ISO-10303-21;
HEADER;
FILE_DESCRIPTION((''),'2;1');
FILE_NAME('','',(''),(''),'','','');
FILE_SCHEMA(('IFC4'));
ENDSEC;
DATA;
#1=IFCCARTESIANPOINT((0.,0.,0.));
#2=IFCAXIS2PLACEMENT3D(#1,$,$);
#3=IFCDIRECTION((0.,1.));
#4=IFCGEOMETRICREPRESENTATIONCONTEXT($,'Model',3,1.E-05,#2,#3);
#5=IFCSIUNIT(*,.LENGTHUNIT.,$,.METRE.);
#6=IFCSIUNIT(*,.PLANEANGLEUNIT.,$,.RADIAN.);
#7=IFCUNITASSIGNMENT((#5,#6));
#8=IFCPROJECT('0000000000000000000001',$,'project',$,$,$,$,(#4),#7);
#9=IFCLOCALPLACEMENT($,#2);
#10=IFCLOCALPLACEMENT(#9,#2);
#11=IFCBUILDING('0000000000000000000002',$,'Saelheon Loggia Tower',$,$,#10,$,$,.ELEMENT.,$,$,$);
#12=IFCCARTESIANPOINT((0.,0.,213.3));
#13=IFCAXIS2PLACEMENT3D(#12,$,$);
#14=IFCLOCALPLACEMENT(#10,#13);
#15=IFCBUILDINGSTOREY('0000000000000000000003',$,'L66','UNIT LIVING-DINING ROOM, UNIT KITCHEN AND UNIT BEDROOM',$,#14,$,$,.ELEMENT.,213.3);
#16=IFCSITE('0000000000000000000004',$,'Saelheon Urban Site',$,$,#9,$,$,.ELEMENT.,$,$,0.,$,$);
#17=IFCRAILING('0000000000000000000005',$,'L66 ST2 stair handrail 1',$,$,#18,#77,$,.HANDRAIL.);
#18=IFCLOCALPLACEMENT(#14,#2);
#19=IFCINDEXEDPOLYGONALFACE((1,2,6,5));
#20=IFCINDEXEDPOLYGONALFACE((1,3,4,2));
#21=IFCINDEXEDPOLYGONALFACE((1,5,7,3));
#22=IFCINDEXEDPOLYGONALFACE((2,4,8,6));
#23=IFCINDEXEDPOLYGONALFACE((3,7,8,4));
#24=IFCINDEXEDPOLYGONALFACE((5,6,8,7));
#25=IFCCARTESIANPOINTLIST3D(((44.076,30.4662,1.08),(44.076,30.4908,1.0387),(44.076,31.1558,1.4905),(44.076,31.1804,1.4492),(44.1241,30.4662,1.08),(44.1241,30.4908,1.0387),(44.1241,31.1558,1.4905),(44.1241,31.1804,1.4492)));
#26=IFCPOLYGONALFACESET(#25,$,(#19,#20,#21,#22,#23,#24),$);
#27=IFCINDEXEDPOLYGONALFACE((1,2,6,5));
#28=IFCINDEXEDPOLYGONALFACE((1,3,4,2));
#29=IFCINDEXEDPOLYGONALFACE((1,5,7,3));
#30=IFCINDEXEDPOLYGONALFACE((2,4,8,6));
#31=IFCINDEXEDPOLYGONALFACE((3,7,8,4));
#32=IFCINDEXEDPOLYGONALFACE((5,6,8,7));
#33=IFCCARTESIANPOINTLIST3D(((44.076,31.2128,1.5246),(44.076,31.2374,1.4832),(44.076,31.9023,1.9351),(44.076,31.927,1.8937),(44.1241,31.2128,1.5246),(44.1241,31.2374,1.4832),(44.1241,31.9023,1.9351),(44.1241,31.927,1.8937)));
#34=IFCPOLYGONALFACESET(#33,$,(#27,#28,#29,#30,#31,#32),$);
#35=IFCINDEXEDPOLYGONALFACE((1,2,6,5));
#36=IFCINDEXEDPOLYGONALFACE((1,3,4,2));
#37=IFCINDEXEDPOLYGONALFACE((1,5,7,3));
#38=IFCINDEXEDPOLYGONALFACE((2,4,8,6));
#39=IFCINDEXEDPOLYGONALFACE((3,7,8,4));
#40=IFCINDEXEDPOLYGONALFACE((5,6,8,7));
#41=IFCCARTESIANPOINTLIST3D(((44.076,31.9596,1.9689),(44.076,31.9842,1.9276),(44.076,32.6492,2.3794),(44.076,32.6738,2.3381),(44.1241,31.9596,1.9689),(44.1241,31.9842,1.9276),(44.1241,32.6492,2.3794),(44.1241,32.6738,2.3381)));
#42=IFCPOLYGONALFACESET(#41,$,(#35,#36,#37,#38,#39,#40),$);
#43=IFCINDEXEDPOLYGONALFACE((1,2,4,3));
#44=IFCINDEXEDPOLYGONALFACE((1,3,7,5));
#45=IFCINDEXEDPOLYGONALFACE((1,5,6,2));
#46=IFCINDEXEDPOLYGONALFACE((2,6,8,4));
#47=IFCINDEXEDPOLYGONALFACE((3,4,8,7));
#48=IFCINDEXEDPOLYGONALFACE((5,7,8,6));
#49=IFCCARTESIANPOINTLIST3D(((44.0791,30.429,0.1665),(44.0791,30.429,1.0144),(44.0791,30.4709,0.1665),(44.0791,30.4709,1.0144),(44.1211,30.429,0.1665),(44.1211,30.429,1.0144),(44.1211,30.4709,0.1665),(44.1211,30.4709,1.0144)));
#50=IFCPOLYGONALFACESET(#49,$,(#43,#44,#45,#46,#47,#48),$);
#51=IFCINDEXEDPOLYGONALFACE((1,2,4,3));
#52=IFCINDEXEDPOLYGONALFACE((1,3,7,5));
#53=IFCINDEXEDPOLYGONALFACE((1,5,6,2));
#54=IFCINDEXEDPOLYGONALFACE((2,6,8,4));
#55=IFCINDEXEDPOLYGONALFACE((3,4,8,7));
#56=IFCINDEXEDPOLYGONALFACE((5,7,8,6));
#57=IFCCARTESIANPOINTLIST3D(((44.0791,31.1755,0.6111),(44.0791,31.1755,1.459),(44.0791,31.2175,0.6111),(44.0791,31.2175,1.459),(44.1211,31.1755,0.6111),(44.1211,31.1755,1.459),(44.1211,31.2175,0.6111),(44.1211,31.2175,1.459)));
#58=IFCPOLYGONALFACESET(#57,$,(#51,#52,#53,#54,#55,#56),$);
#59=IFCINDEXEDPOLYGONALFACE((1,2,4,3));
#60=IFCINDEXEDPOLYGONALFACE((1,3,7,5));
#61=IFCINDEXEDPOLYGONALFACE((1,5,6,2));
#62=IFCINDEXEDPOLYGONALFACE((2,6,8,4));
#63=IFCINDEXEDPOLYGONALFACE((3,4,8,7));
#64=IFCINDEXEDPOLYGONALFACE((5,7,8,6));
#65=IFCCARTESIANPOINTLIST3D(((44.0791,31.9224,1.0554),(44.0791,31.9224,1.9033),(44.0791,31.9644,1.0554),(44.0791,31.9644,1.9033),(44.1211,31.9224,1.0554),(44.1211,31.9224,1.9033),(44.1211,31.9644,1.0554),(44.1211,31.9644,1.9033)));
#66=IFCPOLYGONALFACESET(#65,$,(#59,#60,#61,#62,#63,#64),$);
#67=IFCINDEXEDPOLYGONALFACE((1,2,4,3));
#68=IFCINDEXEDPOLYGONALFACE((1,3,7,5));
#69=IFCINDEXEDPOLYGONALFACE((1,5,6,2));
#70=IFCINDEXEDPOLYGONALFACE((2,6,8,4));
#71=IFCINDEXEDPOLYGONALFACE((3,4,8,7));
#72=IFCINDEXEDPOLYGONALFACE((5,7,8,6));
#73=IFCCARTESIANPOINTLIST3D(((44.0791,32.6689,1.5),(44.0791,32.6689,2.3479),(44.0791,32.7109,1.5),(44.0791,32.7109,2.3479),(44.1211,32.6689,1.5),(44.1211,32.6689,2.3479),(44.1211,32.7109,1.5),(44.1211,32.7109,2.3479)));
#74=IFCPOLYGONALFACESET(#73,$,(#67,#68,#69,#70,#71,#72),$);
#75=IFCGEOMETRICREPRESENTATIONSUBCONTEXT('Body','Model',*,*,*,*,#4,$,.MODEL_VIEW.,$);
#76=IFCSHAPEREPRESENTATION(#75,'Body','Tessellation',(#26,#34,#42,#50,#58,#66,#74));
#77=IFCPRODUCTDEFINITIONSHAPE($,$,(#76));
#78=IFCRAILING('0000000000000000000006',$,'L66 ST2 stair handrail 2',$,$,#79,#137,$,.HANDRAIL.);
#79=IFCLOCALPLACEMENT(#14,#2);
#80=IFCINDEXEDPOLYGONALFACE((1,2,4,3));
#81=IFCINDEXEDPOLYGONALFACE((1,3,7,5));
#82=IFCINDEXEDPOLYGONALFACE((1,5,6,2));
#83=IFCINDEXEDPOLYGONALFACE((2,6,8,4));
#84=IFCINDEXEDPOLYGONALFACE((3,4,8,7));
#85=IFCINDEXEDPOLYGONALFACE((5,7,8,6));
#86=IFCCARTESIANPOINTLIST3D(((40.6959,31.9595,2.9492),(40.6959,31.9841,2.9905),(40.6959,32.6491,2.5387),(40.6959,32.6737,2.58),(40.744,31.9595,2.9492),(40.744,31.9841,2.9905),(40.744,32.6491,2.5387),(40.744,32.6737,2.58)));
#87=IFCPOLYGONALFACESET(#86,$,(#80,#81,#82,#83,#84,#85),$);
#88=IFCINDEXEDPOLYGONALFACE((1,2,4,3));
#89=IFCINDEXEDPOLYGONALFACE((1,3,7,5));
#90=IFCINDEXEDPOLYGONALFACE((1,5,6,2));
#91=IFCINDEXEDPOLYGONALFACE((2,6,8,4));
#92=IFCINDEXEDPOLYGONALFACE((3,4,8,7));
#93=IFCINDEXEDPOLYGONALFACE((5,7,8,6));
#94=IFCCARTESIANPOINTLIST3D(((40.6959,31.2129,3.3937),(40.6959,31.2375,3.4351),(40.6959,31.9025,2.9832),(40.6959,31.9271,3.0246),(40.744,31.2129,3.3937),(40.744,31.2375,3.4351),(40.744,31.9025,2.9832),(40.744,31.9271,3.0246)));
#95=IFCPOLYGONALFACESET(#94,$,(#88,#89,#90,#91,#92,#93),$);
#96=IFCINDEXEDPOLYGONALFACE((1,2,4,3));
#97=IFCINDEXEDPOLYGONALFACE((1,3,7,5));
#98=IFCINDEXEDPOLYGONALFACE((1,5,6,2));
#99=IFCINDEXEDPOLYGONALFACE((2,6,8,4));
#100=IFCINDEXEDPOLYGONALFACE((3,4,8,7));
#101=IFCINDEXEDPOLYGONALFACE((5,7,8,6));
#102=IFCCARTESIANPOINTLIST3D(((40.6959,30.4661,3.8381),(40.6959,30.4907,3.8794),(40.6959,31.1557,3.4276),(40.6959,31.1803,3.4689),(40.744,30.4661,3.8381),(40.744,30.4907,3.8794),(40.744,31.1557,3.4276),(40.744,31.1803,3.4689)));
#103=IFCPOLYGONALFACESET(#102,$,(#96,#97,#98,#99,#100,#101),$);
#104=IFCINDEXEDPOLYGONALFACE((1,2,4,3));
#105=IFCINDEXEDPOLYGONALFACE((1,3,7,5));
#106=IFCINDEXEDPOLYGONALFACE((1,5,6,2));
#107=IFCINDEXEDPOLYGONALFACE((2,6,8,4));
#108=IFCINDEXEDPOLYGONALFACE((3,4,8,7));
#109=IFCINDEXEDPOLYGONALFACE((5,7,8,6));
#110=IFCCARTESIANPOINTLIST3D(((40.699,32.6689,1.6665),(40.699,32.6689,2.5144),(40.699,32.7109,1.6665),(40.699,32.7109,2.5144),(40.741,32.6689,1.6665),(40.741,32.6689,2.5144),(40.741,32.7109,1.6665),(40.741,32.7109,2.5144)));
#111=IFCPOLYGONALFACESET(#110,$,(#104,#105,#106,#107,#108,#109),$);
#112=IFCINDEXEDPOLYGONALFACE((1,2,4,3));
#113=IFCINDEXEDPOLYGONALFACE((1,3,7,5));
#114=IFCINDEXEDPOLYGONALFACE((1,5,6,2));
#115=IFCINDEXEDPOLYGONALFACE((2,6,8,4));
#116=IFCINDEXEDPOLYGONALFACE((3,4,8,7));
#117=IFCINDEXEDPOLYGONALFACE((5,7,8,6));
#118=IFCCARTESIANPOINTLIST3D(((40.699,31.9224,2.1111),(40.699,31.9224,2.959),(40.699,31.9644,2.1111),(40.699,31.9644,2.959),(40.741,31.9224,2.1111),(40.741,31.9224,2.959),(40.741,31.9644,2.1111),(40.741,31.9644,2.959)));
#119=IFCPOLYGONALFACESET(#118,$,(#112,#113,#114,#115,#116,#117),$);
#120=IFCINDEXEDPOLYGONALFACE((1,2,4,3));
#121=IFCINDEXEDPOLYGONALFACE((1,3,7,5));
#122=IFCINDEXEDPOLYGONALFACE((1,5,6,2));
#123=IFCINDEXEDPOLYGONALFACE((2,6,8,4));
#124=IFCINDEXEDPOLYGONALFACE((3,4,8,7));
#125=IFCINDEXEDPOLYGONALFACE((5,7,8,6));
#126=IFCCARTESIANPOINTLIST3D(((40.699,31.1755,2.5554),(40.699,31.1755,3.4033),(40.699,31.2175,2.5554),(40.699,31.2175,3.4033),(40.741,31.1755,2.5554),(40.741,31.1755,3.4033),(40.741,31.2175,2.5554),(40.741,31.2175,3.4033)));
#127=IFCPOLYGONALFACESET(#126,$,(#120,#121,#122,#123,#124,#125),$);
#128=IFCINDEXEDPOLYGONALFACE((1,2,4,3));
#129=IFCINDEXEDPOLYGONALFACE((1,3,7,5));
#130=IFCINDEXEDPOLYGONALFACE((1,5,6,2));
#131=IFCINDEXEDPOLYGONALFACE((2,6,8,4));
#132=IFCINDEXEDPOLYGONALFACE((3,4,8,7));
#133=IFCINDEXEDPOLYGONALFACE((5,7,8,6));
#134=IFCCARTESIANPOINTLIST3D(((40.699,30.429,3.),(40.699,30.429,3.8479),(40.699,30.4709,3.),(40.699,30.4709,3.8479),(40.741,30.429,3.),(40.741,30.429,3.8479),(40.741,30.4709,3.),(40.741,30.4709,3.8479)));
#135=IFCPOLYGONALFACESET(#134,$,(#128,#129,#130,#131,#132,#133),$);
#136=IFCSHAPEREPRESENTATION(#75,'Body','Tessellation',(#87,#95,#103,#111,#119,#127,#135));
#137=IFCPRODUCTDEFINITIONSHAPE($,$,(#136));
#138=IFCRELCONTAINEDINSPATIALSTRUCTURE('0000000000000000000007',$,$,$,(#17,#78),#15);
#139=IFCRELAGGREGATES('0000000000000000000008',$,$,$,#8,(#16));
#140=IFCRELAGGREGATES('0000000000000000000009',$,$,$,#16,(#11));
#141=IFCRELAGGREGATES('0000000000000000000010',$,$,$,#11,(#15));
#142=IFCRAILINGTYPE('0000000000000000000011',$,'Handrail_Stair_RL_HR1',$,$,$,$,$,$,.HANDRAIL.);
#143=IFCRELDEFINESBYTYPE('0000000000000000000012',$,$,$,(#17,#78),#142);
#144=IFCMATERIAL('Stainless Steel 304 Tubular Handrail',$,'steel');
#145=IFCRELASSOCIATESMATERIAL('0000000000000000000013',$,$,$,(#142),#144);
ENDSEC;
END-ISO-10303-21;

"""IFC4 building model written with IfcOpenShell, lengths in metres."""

from ifc_helpers import new_model, si_unit, direction, frame, origin, origin_2d, place, context, subcontext, project, spatial, rectangle, extrude, material, type_object, element, save


model = new_model("IFC4")

# Units and contexts
model_context = context("Model", 3, precision=1e-05, world=origin(), true_north=direction((0.0, 1.0)))
body_context = subcontext(model_context, "Body", "Model", "MODEL_VIEW")
ifc_project = project(units=[si_unit("LENGTHUNIT", "METRE"), si_unit("PLANEANGLEUNIT", "RADIAN")], contexts=[model_context])

# Site, building, storey
site_placement = place(None, origin())
site = spatial("IfcSite", under=ifc_project, at=site_placement, Name="Saelheon Urban Site", CompositionType="ELEMENT", RefElevation=0.0)
building_placement = place(site_placement, origin())
building = spatial("IfcBuilding", under=site, at=building_placement, Name="Saelheon Loggia Tower", CompositionType="ELEMENT")
storey_placement = place(building_placement, frame((0.0, 0.0, 213.3)))
storey = spatial("IfcBuildingStorey", under=building, at=storey_placement, Name="L66", Description="UNIT LIVING-DINING ROOM, UNIT KITCHEN AND UNIT BEDROOM", CompositionType="ELEMENT", Elevation=213.3)

# Railings
ifc_material_1 = material(Name="Stainless Steel 304 Tubular Handrail", Category="steel")
railing_type_1 = type_object("IfcRailingType", Name="Handrail_Stair_RL_HR1", PredefinedType="HANDRAIL", material=ifc_material_1)
railing_1_placement = place(storey_placement, frame((44.1001, 30.45, 0.1665)))
element("IfcRailing", 1, at=railing_1_placement, inside=storey, type_object=railing_type_1, Name="L66 ST2 stair handrail 1", PredefinedType="HANDRAIL", context=body_context, shape_type="SweptSolid", body=[
    extrude(rectangle(XDim=0.0481, YDim=0.0481, at=origin_2d()), frame((0.0, 0.0286, 0.8928), z_axis=(0.0, 0.859264, 0.511532), x_axis=(-1.0, 0.0, 0.0)), (0.0, 0.0, 1.0), 0.8025),
    extrude(rectangle(XDim=0.0481, YDim=0.0481, at=origin_2d()), frame((0.0, 0.7751, 1.3374), z_axis=(0.0, 0.859264, 0.511532), x_axis=(-1.0, 0.0, 0.0)), (0.0, 0.0, 1.0), 0.8025),
    extrude(rectangle(XDim=0.0481, YDim=0.0481, at=origin_2d()), frame((0.0, 1.522, 1.7817), z_axis=(0.0, 0.859264, 0.511532), x_axis=(-1.0, 0.0, 0.0)), (0.0, 0.0, 1.0), 0.8025),
    extrude(rectangle(XDim=0.042, YDim=0.042, at=origin_2d()), origin(), (0.0, 0.0, 1.0), 0.8479),
    extrude(rectangle(XDim=0.042, YDim=0.042, at=origin_2d()), frame((0.0, 0.7466, 0.4446)), (0.0, 0.0, 1.0), 0.8479),
    extrude(rectangle(XDim=0.042, YDim=0.042, at=origin_2d()), frame((0.0, 1.4934, 0.8889)), (0.0, 0.0, 1.0), 0.8479),
    extrude(rectangle(XDim=0.042, YDim=0.042, at=origin_2d()), frame((0.0, 2.24, 1.3335)), (0.0, 0.0, 1.0), 0.8479),
])
railing_2_placement = place(storey_placement, frame((40.72, 32.6899, 1.6665)))
element("IfcRailing", 2, at=railing_2_placement, inside=storey, type_object=railing_type_1, Name="L66 ST2 stair handrail 2", PredefinedType="HANDRAIL", context=body_context, shape_type="SweptSolid", body=[
    extrude(rectangle(XDim=0.0481, YDim=0.0481, at=origin_2d()), frame((0.0, -0.0286, 0.8928), z_axis=(0.0, -0.859264, 0.511532), x_axis=(1.0, 0.0, 0.0)), (0.0, 0.0, 1.0), 0.8025),
    extrude(rectangle(XDim=0.0481, YDim=0.0481, at=origin_2d()), frame((0.0, -0.7751, 1.3374), z_axis=(0.0, -0.859264, 0.511532), x_axis=(1.0, 0.0, 0.0)), (0.0, 0.0, 1.0), 0.8025),
    extrude(rectangle(XDim=0.0481, YDim=0.0481, at=origin_2d()), frame((0.0, -1.522, 1.7817), z_axis=(0.0, -0.859264, 0.511532), x_axis=(1.0, 0.0, 0.0)), (0.0, 0.0, 1.0), 0.8025),
    extrude(rectangle(XDim=0.042, YDim=0.042, at=origin_2d()), origin(), (0.0, 0.0, 1.0), 0.8479),
    extrude(rectangle(XDim=0.042, YDim=0.042, at=origin_2d()), frame((0.0, -0.7466, 0.4446)), (0.0, 0.0, 1.0), 0.8479),
    extrude(rectangle(XDim=0.042, YDim=0.042, at=origin_2d()), frame((0.0, -1.4934, 0.8889)), (0.0, 0.0, 1.0), 0.8479),
    extrude(rectangle(XDim=0.042, YDim=0.042, at=origin_2d()), frame((0.0, -2.24, 1.3335)), (0.0, 0.0, 1.0), 0.8479),
])

save(model, "model.ifc")
